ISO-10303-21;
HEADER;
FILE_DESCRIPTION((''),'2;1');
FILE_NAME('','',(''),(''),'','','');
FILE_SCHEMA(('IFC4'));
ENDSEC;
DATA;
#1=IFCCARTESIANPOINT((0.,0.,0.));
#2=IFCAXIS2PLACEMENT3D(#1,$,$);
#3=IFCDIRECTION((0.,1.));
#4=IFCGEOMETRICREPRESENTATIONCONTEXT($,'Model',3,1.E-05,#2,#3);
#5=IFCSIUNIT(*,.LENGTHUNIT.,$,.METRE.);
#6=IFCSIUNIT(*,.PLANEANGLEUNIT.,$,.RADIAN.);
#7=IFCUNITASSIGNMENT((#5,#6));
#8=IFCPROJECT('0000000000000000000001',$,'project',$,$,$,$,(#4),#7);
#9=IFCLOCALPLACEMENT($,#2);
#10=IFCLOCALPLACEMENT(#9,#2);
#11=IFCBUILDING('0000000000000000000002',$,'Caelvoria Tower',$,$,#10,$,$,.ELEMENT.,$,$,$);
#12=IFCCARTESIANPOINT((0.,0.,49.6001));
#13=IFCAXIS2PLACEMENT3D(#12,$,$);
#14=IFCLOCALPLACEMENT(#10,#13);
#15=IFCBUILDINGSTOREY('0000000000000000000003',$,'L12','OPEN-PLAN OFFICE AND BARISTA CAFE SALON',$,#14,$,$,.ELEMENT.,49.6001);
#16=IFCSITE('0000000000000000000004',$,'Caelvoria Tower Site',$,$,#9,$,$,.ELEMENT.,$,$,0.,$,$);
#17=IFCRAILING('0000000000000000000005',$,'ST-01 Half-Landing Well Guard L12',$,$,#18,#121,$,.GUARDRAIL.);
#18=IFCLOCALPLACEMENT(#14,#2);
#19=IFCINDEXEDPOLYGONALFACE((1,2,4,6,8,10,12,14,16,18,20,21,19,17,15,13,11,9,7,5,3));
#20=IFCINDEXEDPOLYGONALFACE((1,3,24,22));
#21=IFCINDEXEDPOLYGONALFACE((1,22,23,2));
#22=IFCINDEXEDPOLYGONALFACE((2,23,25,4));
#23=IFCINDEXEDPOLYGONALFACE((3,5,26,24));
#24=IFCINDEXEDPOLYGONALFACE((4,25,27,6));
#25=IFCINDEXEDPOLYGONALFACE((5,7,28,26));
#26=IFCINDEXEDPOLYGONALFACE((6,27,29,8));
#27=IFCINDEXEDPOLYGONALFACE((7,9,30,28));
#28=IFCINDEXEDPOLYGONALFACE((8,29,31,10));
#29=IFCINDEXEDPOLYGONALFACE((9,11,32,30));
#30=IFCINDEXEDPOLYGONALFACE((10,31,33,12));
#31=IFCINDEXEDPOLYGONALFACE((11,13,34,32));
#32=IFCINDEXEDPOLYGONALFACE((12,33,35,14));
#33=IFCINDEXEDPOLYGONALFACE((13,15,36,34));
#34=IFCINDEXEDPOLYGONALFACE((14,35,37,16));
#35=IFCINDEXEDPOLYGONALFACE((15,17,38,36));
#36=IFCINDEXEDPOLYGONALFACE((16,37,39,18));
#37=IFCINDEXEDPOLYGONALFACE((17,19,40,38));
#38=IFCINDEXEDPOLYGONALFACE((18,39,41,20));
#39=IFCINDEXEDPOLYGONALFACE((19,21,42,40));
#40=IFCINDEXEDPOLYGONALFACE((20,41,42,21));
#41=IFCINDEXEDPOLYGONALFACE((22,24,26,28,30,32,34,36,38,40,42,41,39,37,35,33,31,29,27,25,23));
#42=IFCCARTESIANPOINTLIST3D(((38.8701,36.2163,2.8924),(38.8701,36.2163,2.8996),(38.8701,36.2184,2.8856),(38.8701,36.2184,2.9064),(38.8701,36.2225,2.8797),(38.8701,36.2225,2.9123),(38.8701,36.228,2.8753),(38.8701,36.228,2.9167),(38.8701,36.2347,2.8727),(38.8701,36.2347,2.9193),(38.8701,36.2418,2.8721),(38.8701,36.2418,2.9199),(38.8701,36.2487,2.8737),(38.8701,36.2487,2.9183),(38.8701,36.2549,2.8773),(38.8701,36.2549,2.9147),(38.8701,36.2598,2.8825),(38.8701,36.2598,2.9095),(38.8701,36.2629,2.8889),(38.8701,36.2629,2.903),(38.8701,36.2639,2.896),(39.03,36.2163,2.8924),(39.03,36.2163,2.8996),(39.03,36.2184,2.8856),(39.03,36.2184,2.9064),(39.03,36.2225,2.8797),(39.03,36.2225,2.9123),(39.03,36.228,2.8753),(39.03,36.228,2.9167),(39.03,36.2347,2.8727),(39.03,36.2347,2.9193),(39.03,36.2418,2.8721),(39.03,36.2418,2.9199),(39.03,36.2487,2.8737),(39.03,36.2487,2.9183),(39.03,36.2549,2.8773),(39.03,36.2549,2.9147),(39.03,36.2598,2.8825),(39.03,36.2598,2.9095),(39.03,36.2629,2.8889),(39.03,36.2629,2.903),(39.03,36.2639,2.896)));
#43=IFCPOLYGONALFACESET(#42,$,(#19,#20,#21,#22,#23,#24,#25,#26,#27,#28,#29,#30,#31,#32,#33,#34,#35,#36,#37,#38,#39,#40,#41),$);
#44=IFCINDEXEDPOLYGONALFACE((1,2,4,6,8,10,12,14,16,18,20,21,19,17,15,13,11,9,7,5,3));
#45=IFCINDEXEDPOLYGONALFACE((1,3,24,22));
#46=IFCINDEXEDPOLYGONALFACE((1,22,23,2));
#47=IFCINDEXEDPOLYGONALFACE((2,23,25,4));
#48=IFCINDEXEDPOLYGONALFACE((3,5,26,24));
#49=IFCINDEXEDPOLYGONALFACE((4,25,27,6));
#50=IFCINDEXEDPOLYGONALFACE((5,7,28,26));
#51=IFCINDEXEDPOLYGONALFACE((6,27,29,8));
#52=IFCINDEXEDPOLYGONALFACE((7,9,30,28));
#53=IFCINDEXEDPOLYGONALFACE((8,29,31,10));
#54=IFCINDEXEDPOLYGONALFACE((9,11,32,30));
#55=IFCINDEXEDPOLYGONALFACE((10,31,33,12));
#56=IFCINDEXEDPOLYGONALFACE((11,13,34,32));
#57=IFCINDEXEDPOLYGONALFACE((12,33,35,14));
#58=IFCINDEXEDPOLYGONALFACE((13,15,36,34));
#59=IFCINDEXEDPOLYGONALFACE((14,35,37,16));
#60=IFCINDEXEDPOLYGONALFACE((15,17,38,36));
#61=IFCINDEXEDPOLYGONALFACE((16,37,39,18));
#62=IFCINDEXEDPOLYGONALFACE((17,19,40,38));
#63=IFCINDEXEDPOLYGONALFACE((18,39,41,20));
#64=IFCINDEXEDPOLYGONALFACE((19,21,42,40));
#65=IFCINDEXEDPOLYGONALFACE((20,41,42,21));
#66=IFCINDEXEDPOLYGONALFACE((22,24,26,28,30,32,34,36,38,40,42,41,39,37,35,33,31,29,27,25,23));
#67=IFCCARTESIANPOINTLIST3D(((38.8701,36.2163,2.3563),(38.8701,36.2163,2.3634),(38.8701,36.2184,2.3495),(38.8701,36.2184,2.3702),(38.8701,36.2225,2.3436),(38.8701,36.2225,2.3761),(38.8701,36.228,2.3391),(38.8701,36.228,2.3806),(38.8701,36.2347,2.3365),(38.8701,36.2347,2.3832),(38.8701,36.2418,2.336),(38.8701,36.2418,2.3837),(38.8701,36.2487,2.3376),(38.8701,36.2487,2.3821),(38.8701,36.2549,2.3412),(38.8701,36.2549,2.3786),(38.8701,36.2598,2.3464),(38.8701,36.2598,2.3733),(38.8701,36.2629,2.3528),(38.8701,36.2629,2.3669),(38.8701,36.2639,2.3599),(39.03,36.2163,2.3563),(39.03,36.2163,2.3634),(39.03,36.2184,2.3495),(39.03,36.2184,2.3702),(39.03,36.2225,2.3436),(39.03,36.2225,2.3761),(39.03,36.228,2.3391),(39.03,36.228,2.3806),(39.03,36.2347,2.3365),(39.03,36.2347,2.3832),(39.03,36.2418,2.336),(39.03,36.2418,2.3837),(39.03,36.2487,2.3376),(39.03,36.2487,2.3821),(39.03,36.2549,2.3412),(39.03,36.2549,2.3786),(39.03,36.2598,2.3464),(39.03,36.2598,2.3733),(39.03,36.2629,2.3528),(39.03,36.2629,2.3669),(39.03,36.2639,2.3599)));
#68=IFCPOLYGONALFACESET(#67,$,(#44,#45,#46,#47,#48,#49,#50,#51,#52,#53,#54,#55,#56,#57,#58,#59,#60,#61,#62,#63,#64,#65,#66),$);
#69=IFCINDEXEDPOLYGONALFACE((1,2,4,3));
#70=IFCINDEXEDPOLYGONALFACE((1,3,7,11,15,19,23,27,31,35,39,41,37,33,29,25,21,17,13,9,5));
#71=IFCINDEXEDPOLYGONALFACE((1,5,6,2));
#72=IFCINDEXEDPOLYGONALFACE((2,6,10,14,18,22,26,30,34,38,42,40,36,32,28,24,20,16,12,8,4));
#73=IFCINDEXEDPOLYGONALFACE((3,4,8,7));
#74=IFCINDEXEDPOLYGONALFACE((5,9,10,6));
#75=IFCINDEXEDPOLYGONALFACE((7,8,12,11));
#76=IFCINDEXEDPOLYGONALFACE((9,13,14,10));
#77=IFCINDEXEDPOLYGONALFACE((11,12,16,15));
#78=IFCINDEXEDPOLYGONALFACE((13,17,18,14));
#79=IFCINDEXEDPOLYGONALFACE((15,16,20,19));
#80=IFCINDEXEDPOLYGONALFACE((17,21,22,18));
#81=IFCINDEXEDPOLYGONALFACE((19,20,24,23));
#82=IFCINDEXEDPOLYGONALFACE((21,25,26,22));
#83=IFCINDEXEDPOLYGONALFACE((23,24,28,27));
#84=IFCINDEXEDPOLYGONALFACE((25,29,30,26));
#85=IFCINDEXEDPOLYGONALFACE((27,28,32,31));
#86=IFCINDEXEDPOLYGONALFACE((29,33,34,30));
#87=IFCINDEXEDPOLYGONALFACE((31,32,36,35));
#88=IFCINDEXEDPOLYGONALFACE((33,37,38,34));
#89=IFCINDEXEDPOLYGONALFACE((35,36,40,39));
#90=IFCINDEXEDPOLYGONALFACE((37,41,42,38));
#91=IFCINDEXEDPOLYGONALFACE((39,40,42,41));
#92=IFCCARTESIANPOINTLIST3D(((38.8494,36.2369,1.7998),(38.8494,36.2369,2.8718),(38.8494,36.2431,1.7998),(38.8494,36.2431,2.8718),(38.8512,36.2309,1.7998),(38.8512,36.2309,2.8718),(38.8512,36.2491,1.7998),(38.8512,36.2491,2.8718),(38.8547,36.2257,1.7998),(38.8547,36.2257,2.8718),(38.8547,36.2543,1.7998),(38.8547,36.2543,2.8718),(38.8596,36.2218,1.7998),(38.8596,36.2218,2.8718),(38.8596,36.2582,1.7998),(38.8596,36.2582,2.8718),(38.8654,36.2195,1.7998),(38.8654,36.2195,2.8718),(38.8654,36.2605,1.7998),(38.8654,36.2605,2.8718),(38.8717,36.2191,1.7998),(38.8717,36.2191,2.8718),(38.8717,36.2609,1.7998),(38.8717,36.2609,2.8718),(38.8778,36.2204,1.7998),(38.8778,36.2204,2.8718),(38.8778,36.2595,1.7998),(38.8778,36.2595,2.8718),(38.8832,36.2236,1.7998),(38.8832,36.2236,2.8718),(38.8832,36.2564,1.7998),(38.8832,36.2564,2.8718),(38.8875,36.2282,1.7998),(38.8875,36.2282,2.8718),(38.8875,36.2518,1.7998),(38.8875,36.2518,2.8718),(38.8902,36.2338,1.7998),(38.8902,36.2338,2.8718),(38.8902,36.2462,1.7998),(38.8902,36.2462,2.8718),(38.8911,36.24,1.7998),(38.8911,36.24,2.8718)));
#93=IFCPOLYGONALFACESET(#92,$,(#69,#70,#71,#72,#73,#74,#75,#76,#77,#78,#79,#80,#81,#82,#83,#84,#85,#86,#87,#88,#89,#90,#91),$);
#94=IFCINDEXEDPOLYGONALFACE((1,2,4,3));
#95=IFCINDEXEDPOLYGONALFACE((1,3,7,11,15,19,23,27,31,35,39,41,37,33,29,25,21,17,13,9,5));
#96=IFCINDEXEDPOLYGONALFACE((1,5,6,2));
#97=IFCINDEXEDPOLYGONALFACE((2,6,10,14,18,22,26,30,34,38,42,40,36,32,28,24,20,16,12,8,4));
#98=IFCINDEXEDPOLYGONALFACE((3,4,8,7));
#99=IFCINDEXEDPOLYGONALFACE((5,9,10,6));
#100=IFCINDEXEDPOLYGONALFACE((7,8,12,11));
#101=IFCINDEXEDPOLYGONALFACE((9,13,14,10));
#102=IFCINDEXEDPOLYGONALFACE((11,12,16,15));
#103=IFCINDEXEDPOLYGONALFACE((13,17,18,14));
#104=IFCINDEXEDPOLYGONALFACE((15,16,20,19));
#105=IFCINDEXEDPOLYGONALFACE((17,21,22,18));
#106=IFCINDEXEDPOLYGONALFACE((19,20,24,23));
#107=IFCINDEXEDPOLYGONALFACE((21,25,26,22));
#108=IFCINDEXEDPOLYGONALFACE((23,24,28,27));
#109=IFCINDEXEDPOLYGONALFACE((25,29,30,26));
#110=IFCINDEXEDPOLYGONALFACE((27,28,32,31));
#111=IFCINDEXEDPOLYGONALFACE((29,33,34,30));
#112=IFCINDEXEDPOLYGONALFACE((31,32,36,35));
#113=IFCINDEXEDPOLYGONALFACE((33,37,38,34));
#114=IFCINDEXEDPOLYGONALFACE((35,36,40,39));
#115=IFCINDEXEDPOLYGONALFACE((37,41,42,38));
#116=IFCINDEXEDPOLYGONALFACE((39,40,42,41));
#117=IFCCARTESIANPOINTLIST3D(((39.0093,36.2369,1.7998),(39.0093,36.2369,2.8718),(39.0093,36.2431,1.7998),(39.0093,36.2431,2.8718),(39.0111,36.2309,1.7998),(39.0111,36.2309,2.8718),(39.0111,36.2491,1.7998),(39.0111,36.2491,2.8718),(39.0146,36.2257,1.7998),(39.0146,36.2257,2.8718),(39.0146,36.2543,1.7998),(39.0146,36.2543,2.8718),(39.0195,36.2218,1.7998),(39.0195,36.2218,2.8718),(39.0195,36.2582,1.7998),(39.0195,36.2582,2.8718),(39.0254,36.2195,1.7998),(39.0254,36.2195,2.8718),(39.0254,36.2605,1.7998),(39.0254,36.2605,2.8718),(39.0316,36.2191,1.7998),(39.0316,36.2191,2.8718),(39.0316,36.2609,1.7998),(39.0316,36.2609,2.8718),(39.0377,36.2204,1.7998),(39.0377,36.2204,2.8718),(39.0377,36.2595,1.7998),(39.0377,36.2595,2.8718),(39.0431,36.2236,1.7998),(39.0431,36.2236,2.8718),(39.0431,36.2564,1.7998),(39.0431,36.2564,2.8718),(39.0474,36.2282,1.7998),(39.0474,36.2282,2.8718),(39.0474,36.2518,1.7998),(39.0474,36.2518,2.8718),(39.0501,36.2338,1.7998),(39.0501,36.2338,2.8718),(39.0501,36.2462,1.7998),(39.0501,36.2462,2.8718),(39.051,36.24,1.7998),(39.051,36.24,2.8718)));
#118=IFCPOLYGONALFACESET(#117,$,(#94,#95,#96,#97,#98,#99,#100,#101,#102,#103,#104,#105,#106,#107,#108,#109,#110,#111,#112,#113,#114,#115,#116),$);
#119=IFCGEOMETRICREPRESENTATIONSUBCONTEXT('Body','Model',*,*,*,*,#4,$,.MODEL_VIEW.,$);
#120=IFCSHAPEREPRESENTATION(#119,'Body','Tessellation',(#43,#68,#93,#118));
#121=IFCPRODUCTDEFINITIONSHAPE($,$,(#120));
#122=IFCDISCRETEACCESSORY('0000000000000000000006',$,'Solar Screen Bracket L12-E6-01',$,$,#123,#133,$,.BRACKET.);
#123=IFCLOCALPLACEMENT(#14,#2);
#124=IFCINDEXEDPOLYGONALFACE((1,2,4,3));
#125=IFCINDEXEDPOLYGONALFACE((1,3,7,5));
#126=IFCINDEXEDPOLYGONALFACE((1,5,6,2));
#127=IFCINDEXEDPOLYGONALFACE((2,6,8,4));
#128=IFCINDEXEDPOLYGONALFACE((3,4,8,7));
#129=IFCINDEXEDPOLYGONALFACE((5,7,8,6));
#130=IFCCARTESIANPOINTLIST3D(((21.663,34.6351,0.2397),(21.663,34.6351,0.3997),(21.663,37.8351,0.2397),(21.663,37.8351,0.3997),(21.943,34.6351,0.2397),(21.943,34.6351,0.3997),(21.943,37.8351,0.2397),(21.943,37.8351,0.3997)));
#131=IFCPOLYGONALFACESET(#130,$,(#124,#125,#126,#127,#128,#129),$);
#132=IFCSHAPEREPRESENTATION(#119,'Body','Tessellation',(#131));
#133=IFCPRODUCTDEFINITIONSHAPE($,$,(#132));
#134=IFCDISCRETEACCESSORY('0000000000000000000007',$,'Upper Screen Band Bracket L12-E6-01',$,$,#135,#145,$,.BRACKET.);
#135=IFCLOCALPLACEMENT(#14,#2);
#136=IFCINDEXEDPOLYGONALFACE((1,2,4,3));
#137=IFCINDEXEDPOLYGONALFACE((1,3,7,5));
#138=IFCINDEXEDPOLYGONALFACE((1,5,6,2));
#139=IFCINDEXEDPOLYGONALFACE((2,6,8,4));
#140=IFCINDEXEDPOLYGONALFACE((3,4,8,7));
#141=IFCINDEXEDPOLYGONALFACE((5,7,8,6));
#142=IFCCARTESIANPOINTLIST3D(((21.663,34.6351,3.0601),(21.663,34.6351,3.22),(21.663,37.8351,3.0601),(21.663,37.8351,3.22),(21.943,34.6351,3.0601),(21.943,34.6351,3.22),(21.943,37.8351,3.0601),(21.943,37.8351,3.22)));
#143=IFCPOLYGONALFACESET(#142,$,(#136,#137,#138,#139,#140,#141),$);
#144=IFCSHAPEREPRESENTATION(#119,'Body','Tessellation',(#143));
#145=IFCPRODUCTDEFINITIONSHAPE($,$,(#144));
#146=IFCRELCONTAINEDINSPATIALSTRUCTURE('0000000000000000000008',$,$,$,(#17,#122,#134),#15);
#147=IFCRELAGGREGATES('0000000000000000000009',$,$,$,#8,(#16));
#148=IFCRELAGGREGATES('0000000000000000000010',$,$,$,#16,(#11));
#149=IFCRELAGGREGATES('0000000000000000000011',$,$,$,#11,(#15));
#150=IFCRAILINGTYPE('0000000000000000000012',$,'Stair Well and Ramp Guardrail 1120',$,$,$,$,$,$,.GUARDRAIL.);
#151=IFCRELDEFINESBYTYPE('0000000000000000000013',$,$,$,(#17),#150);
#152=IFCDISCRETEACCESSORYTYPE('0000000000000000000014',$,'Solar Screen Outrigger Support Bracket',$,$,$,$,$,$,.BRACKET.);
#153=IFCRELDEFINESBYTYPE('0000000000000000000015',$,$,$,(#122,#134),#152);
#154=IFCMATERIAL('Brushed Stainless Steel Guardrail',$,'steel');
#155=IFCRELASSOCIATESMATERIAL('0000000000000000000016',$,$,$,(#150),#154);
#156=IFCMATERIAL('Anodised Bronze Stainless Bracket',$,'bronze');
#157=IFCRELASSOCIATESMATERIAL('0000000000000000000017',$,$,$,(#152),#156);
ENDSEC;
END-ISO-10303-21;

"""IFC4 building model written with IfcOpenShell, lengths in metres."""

from ifc_helpers import new_model, si_unit, direction, frame, origin, origin_2d, place, context, subcontext, project, spatial, rectangle, circle, extrude, material, type_object, element, save


model = new_model("IFC4")

# Units and contexts
model_context = context("Model", 3, precision=1e-05, world=origin(), true_north=direction((0.0, 1.0)))
body_context = subcontext(model_context, "Body", "Model", "MODEL_VIEW")
ifc_project = project(units=[si_unit("LENGTHUNIT", "METRE"), si_unit("PLANEANGLEUNIT", "RADIAN")], contexts=[model_context])

# Site, building, storey
site_placement = place(None, origin())
site = spatial("IfcSite", under=ifc_project, at=site_placement, Name="Caelvoria Tower Site", CompositionType="ELEMENT", RefElevation=0.0)
building_placement = place(site_placement, origin())
building = spatial("IfcBuilding", under=site, at=building_placement, Name="Caelvoria Tower", CompositionType="ELEMENT")
storey_placement = place(building_placement, frame((0.0, 0.0, 49.6001)))
storey = spatial("IfcBuildingStorey", under=building, at=storey_placement, Name="L12", Description="OPEN-PLAN OFFICE AND BARISTA CAFE SALON", CompositionType="ELEMENT", Elevation=49.6001)

# Railing
ifc_material_1 = material(Name="Brushed Stainless Steel Guardrail", Category="steel")
railing_type_1 = type_object("IfcRailingType", Name="Stair Well and Ramp Guardrail 1120", PredefinedType="GUARDRAIL", material=ifc_material_1)
railing_1_placement = place(storey_placement, frame((38.8701, 36.24, 1.7998)))
element("IfcRailing", 1, at=railing_1_placement, inside=storey, type_object=railing_type_1, Name="ST-01 Half-Landing Well Guard L12", PredefinedType="GUARDRAIL", context=body_context, shape_type="SweptSolid", body=[
    extrude(circle(Radius=0.0239, at=origin_2d()), frame((0.0, 0.0, 1.0962), z_axis=(1.0, 0.0, 0.0), x_axis=(0.0, 1.0, 0.0)), (0.0, 0.0, 1.0), 0.1599),
    extrude(circle(Radius=0.0239, at=origin_2d()), frame((0.0, 0.0, 0.5601), z_axis=(1.0, 0.0, 0.0), x_axis=(0.0, 1.0, 0.0)), (0.0, 0.0, 1.0), 0.1599),
    extrude(circle(Radius=0.021, at=origin_2d()), origin(), (0.0, 0.0, 1.0), 1.072),
    extrude(circle(Radius=0.021, at=origin_2d()), frame((0.1599, 0.0, 0.0)), (0.0, 0.0, 1.0), 1.072),
])

# Discrete accessories
ifc_material_2 = material(Name="Anodised Bronze Stainless Bracket", Category="bronze")
discrete_accessory_type = type_object("IfcDiscreteAccessoryType", Name="Solar Screen Outrigger Support Bracket", PredefinedType="BRACKET", material=ifc_material_2)
for number, where, z_axis, x_axis, name in (
    (2, (21.803, 36.2351, 0.2397), (0.0, 0.0, 1.0), (0.0, -1.0, 0.0), "Solar Screen Bracket L12-E6-01"),
    (3, (21.803, 36.2351, 3.0601), (0.0, 0.0, 1.0), (0.0, -1.0, 0.0), "Upper Screen Band Bracket L12-E6-01"),
):
    element("IfcDiscreteAccessory", number, at=place(storey_placement, frame(where, z_axis=z_axis, x_axis=x_axis)), inside=storey, type_object=discrete_accessory_type, Name=name, PredefinedType="BRACKET", context=body_context, shape_type="SweptSolid", body=[
        extrude(rectangle(XDim=3.2, YDim=0.28, at=origin_2d()), origin(), (0.0, 0.0, 1.0), 0.1599),
    ])

save(model, "model.ifc")
